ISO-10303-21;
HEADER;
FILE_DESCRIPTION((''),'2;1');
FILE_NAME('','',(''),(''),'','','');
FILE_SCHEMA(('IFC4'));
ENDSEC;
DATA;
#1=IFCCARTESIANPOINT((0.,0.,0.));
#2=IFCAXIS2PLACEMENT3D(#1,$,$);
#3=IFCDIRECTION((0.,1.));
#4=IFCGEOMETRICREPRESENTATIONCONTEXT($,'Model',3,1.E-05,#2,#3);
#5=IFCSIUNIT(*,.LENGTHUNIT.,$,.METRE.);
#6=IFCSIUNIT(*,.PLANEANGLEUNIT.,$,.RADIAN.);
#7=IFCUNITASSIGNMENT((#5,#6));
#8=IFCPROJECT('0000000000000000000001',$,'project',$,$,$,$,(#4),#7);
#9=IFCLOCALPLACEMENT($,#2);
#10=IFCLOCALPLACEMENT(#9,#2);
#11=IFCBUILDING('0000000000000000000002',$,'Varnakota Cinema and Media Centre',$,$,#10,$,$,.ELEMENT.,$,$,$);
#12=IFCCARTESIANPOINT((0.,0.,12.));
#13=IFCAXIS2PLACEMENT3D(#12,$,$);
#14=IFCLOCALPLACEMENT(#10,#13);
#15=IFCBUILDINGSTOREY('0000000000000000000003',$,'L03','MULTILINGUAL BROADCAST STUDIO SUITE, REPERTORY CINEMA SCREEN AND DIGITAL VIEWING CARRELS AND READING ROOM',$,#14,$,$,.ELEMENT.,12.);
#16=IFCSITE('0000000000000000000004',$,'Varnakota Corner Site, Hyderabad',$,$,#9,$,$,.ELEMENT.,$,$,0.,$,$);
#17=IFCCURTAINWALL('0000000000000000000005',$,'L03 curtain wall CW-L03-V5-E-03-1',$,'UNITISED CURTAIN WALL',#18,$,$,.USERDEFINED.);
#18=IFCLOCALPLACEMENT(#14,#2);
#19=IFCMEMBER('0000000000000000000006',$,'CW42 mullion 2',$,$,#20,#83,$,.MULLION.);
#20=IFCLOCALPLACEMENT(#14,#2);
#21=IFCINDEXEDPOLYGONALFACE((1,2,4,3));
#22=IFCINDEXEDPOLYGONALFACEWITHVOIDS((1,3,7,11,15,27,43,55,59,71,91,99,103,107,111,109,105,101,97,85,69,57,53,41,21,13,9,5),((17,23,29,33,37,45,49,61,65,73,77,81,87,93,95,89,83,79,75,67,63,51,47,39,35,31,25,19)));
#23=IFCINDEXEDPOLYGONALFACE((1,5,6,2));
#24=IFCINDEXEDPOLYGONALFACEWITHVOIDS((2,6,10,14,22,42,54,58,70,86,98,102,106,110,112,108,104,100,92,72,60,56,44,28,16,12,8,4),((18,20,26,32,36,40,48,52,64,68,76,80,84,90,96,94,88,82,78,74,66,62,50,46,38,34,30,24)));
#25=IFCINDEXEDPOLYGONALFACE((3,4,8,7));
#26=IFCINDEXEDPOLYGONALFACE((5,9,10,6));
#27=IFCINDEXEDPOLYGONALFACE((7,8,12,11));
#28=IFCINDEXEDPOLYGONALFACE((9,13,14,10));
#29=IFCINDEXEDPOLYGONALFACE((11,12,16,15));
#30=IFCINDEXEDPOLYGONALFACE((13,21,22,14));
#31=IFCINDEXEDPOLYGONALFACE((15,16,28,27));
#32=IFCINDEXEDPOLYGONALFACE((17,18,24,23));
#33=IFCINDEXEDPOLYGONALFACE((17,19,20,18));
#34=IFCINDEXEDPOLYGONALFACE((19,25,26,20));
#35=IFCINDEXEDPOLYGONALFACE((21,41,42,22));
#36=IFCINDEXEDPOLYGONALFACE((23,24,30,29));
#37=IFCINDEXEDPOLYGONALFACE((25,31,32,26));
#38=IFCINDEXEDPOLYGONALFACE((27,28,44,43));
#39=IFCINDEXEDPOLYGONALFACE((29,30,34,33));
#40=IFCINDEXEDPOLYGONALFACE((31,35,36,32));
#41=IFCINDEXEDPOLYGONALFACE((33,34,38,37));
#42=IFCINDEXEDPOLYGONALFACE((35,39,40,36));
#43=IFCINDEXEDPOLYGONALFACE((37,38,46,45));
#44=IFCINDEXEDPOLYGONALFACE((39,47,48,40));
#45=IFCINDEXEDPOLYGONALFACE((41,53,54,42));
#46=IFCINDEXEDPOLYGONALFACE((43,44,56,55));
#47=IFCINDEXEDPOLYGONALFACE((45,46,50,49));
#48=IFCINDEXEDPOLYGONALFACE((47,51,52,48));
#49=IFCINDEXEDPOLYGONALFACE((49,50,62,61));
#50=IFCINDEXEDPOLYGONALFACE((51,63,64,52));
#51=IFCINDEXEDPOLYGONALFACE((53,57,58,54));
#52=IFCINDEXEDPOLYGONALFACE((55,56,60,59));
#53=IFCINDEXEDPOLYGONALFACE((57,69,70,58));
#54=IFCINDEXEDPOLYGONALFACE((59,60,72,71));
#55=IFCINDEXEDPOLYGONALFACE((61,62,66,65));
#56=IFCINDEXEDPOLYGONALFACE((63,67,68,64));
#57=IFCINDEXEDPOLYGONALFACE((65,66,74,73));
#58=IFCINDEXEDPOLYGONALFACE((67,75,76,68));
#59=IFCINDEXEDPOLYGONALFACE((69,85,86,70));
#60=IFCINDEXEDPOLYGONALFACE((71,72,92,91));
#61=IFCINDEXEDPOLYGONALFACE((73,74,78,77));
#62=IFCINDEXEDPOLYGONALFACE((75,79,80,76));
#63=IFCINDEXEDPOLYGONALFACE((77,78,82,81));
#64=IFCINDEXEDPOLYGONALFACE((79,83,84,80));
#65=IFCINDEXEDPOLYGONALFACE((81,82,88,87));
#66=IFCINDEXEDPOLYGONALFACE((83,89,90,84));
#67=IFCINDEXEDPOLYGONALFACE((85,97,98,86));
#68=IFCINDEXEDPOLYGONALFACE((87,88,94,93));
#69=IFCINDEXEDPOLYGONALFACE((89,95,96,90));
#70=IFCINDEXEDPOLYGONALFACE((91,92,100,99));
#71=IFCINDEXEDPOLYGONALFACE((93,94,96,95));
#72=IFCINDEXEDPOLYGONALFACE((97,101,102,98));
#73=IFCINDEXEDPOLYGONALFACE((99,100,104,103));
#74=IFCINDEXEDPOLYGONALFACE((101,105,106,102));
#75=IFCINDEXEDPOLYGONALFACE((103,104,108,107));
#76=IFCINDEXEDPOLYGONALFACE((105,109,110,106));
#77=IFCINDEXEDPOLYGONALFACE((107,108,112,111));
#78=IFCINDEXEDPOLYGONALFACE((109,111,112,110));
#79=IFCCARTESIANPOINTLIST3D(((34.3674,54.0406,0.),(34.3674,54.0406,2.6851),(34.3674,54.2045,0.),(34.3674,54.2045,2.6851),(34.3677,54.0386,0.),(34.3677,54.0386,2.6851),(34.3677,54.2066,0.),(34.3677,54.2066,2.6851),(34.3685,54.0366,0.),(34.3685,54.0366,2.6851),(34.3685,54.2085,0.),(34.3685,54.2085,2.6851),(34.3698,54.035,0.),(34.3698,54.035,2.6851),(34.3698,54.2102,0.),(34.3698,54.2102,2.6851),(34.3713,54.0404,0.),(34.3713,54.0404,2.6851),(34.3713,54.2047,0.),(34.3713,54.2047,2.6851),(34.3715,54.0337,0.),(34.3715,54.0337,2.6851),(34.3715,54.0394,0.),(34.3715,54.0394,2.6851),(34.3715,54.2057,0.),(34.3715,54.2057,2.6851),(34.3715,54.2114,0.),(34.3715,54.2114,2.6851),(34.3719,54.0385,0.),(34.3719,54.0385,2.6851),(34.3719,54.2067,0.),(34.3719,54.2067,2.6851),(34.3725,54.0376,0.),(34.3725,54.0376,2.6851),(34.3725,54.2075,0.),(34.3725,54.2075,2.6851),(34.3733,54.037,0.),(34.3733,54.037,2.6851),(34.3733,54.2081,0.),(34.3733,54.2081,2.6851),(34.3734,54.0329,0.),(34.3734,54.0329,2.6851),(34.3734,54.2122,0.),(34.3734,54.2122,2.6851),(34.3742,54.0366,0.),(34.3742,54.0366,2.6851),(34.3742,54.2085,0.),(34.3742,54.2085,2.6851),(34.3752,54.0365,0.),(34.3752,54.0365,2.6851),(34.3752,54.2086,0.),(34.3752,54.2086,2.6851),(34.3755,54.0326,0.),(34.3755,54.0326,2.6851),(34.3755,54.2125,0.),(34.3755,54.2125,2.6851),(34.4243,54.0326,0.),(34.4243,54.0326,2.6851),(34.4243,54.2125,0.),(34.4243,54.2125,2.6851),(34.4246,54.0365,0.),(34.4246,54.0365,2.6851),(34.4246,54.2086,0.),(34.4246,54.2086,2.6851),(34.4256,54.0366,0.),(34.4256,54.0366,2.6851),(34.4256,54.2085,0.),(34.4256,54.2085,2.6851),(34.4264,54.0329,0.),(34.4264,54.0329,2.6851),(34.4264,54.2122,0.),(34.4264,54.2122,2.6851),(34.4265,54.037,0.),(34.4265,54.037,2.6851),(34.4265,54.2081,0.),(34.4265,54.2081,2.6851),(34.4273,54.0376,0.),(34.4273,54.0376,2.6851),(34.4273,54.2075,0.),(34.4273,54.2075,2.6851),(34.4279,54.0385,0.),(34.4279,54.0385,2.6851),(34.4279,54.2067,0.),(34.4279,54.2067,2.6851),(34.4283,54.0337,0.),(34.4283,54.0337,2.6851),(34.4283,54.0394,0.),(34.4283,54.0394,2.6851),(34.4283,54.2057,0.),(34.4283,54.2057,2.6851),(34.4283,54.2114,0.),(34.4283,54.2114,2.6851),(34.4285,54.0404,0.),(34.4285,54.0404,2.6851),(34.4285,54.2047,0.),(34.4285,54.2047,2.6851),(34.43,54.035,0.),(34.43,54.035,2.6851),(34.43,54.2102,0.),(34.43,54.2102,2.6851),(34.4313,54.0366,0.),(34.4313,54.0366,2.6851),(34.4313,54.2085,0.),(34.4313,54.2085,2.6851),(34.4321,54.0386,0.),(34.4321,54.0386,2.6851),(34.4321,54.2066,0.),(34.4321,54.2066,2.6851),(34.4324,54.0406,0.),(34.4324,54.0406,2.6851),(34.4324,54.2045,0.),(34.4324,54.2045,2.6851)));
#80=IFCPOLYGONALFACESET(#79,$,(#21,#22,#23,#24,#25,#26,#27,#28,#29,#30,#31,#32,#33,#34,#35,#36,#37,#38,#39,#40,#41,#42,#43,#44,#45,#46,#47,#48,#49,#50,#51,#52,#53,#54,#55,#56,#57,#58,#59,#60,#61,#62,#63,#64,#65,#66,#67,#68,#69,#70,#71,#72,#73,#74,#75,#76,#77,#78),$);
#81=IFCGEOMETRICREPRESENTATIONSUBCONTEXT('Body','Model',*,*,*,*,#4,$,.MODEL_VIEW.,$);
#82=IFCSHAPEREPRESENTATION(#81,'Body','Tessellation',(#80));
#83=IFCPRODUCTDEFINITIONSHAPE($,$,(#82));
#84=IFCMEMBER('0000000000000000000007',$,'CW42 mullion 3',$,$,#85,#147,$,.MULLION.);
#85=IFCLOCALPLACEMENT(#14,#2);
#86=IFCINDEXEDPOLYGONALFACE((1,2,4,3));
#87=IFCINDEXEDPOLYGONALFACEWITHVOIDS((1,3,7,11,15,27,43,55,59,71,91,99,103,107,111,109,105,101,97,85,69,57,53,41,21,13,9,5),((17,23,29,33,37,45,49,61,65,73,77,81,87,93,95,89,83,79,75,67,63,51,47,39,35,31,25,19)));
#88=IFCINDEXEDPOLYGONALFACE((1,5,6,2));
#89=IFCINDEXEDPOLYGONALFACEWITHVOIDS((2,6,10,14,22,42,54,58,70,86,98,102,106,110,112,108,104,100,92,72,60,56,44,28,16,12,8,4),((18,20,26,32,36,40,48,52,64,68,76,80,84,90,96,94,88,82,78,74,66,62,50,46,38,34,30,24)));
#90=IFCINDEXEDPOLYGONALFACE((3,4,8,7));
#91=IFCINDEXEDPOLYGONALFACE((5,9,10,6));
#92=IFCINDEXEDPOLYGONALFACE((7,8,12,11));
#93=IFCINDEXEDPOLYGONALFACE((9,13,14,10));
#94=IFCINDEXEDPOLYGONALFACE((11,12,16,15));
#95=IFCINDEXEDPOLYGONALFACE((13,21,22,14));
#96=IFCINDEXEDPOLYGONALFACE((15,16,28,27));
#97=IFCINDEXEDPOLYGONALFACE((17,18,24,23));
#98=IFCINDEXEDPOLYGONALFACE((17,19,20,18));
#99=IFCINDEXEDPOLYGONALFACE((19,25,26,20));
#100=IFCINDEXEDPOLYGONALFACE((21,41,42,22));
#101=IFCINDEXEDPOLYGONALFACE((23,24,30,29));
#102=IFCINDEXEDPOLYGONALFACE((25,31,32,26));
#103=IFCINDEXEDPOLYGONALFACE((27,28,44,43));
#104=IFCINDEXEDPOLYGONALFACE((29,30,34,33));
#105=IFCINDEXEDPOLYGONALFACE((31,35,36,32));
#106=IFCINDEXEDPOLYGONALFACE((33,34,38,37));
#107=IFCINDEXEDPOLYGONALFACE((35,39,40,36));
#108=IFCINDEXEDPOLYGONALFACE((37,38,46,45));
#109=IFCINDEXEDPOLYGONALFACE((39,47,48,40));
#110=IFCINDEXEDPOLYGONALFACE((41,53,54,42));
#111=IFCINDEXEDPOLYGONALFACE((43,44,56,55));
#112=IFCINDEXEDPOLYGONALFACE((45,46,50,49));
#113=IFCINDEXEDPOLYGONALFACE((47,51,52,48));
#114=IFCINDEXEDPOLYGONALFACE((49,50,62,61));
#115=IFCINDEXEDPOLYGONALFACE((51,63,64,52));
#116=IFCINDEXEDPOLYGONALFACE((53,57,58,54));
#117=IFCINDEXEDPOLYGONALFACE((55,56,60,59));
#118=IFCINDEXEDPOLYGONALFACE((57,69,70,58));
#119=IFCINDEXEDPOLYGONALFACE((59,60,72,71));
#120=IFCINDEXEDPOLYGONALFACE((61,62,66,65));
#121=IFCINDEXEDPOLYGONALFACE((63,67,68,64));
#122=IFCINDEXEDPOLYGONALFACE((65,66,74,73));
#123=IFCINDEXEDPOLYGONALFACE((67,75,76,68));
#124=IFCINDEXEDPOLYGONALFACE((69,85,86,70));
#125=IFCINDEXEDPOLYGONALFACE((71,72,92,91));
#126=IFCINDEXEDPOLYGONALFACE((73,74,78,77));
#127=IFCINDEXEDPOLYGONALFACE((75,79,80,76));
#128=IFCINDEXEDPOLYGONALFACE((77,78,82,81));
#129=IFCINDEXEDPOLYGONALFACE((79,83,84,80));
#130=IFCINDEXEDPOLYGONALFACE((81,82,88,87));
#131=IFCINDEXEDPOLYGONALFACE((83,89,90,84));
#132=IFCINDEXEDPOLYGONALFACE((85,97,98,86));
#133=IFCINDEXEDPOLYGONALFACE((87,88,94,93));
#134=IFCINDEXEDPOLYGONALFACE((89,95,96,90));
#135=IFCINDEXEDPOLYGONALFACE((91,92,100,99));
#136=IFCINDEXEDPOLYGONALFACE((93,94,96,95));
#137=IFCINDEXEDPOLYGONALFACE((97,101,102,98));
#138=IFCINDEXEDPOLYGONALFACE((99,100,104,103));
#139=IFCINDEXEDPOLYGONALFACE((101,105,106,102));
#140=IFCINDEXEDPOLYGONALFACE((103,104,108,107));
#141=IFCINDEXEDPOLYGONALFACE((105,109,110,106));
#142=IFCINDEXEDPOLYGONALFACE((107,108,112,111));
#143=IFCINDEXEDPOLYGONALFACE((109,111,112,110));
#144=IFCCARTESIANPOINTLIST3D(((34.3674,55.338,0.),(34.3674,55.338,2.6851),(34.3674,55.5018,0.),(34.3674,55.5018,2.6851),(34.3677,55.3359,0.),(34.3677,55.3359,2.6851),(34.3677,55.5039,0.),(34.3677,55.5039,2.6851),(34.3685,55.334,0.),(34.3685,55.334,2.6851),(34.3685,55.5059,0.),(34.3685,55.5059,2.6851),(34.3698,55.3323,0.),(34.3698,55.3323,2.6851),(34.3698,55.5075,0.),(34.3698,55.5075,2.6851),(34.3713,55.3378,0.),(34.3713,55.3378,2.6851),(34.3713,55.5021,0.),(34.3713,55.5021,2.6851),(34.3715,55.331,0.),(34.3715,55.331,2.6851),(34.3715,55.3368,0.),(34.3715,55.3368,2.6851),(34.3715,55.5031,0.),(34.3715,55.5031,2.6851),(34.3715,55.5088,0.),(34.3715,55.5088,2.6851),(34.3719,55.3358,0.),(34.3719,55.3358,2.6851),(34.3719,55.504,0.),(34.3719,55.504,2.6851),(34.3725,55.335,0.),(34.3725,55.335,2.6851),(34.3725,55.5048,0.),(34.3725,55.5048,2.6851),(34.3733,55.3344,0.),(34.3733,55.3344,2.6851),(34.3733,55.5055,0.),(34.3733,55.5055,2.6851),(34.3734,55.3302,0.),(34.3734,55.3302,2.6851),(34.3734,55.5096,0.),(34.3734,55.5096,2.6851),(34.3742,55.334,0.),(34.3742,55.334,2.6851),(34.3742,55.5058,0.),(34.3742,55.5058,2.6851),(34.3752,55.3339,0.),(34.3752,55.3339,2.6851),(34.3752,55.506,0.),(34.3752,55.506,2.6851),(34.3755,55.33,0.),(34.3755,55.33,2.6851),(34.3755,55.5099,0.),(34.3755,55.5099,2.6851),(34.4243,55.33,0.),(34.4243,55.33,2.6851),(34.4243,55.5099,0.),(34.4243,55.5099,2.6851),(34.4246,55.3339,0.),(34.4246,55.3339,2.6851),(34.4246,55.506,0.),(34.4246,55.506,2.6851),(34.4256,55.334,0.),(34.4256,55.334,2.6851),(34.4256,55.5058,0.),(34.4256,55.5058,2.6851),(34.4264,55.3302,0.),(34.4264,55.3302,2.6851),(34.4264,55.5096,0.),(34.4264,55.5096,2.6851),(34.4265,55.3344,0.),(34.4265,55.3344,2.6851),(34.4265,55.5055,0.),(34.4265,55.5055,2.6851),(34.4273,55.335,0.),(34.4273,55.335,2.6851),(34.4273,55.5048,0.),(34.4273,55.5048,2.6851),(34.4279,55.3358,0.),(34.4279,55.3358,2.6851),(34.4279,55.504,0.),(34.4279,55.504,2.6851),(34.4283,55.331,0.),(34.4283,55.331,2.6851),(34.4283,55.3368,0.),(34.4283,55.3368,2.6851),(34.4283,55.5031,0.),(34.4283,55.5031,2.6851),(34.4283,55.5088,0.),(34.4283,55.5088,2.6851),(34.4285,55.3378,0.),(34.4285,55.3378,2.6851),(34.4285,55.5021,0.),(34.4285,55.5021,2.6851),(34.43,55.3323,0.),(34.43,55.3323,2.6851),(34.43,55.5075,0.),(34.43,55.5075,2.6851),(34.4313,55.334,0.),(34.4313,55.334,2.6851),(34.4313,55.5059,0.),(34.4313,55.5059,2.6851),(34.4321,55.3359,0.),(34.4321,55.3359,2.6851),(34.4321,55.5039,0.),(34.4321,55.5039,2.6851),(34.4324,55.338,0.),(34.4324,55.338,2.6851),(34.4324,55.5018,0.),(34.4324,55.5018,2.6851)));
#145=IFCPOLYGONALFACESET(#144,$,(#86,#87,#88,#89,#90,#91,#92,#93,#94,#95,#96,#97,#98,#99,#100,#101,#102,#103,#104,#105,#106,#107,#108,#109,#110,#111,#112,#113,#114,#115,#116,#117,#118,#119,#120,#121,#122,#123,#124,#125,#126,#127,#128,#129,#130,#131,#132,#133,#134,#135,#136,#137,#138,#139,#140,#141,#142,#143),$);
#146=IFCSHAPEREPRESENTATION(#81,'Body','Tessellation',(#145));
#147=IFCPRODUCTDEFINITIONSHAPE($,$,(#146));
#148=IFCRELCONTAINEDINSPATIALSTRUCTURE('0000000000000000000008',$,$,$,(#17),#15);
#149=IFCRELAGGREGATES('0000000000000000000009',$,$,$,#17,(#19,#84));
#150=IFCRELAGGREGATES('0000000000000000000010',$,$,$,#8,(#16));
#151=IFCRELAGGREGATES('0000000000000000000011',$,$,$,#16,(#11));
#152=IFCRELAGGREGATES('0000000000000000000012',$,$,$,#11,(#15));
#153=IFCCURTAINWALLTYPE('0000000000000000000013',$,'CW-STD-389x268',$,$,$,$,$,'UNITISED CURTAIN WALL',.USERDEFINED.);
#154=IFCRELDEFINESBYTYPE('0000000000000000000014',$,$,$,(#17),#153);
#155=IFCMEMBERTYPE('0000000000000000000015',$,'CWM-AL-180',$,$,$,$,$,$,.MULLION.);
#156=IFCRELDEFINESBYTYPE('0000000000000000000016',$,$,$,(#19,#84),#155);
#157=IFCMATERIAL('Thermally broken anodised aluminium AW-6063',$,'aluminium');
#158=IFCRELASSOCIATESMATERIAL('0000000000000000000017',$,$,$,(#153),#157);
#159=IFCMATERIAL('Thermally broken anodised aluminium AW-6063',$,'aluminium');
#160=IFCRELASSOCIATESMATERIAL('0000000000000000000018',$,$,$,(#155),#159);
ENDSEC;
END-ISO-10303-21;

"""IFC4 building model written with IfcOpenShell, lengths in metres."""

from ifc_helpers import new_model, si_unit, direction, frame, origin, origin_2d, place, context, subcontext, project, spatial, hollow_rectangle, extrude, material, material_profile, profile_set, type_object, element, aggregate, save


model = new_model("IFC4")

# Units and contexts
model_context = context("Model", 3, precision=1e-05, world=origin(), true_north=direction((0.0, 1.0)))
body_context = subcontext(model_context, "Body", "Model", "MODEL_VIEW")
ifc_project = project(units=[si_unit("LENGTHUNIT", "METRE"), si_unit("PLANEANGLEUNIT", "RADIAN")], contexts=[model_context])

# Site, building, storey
site_placement = place(None, origin())
site = spatial("IfcSite", under=ifc_project, at=site_placement, Name="Varnakota Corner Site, Hyderabad", CompositionType="ELEMENT", RefElevation=0.0)
building_placement = place(site_placement, origin())
building = spatial("IfcBuilding", under=site, at=building_placement, Name="Varnakota Cinema and Media Centre", CompositionType="ELEMENT")
storey_placement = place(building_placement, frame((0.0, 0.0, 12.0)))
storey = spatial("IfcBuildingStorey", under=building, at=storey_placement, Name="L03", Description="MULTILINGUAL BROADCAST STUDIO SUITE, REPERTORY CINEMA SCREEN AND DIGITAL VIEWING CARRELS AND READING ROOM", CompositionType="ELEMENT", Elevation=12.0)

# Curtain wall, members
ifc_material_1 = material(Name="Thermally broken anodised aluminium AW-6063", Category="aluminium")
curtain_wall_type = type_object("IfcCurtainWallType", Name="CW-STD-389x268", ElementType="UNITISED CURTAIN WALL", PredefinedType="USERDEFINED", material=ifc_material_1)
curtain_wall_1_placement = place(storey_placement, origin())
curtain_wall_1 = element("IfcCurtainWall", 1, at=curtain_wall_1_placement, inside=storey, type_object=curtain_wall_type, Name="L03 curtain wall CW-L03-V5-E-03-1", ObjectType="UNITISED CURTAIN WALL", PredefinedType="USERDEFINED")
ifc_material_2 = material(Name="Thermally broken anodised aluminium AW-6063", Category="aluminium")
ifc_material_profile_1 = material_profile(ifc_material_2, hollow_rectangle(XDim=0.0649, YDim=0.1799, WallThickness=0.0039, InnerFilletRadius=0.0039, OuterFilletRadius=0.0081, at=origin_2d()), Name="AL-MULLION 180x65x4")
ifc_profile_set_1 = profile_set([ifc_material_profile_1], Name="Thermally broken anodised aluminium AW-6063")
member_type_1 = type_object("IfcMemberType", Name="CWM-AL-180", PredefinedType="MULLION", material=ifc_profile_set_1)
member_1_placement = place(storey_placement, frame((34.3999, 54.1226, 0.0), z_axis=(0.0, 0.0, 1.0), x_axis=(-1.0, 0.0, 0.0)))
member_1 = element("IfcMember", 2, at=member_1_placement, type_object=member_type_1, Name="CW42 mullion 2", PredefinedType="MULLION", context=body_context, shape_type="SweptSolid", body=[
    extrude(hollow_rectangle(XDim=0.0649, YDim=0.1799, WallThickness=0.0039, InnerFilletRadius=0.0039, OuterFilletRadius=0.0081, at=origin_2d()), origin(), (0.0, 0.0, 1.0), 2.6851),
])
member_2_placement = place(storey_placement, frame((34.3999, 55.4199, 0.0), z_axis=(0.0, 0.0, 1.0), x_axis=(-1.0, 0.0, 0.0)))
member_2 = element("IfcMember", 3, at=member_2_placement, type_object=member_type_1, Name="CW42 mullion 3", PredefinedType="MULLION", context=body_context, shape_type="SweptSolid", body=[
    extrude(hollow_rectangle(XDim=0.0649, YDim=0.1799, WallThickness=0.0039, InnerFilletRadius=0.0039, OuterFilletRadius=0.0081, at=origin_2d()), origin(), (0.0, 0.0, 1.0), 2.6851),
])

aggregate(curtain_wall_1, [member_1, member_2])

save(model, "model.ifc")
